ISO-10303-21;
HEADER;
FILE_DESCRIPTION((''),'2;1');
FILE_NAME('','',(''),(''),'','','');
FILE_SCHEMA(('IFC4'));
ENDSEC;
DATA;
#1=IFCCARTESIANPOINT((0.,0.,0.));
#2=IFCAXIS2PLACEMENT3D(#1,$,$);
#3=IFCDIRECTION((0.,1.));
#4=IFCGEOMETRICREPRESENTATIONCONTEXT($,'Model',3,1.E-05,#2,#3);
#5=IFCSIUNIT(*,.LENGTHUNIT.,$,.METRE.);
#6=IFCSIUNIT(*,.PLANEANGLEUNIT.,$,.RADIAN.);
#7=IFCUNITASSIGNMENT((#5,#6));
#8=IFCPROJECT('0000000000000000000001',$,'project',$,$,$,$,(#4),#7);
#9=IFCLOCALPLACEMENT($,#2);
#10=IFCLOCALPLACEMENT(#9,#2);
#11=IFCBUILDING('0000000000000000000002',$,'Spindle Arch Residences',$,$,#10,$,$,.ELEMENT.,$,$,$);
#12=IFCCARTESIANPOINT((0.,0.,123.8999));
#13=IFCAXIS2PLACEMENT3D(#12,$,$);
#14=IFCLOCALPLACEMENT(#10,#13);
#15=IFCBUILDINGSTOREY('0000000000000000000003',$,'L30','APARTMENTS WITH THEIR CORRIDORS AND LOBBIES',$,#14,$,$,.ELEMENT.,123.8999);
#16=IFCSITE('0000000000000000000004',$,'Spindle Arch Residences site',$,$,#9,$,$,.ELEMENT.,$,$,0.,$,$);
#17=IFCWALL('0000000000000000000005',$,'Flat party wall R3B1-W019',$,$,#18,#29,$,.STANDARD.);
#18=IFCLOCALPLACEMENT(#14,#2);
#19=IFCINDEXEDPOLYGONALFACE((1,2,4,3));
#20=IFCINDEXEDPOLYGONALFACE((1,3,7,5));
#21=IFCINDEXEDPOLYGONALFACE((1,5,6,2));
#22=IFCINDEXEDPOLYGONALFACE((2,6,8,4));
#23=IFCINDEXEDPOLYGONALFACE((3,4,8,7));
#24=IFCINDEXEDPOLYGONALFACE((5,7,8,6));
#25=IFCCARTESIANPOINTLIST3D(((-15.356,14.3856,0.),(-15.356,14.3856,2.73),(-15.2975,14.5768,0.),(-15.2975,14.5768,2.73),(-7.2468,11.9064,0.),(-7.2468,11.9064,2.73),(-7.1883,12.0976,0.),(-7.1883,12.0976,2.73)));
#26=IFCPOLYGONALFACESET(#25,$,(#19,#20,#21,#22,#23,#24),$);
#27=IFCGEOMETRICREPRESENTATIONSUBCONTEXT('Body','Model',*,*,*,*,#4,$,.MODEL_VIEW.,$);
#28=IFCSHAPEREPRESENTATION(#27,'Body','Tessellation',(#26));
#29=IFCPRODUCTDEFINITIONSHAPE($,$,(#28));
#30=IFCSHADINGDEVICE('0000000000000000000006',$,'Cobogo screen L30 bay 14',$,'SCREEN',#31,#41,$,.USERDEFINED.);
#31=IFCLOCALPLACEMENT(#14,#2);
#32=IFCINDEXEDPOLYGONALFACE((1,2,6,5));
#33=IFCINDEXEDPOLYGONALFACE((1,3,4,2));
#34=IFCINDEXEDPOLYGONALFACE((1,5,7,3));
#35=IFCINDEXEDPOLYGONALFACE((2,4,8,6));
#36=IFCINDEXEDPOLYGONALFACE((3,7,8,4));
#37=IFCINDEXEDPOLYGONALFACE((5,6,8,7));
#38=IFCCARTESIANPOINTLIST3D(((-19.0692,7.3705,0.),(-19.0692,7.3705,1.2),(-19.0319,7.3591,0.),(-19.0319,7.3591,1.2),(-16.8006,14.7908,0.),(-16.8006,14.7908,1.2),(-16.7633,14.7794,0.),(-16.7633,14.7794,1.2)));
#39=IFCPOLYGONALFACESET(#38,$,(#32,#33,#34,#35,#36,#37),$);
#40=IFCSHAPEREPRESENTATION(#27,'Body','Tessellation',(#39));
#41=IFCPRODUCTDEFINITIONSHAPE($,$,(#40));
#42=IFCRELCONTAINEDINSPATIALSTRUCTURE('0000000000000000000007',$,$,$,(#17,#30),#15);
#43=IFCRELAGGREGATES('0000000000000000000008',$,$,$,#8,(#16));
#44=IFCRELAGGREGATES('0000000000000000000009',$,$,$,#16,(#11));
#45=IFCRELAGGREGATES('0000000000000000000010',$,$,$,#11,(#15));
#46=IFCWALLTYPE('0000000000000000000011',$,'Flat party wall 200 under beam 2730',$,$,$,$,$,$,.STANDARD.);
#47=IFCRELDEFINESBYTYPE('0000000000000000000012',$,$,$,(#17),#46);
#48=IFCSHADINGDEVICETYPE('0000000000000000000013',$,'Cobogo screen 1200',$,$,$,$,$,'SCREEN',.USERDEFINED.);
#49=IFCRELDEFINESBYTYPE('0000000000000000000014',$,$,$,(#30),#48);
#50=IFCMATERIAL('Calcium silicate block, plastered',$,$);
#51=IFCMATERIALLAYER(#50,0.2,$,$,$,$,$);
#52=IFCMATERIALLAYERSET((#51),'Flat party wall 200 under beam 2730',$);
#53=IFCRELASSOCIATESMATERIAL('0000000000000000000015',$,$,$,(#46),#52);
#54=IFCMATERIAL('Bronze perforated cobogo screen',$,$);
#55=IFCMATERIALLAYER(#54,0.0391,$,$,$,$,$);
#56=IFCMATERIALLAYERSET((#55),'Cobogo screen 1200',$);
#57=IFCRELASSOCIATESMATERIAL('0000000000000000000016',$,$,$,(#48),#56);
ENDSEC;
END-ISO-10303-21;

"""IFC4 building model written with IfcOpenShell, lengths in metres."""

from ifc_helpers import new_model, si_unit, direction, frame, frame_2d, origin, origin_2d, place, context, subcontext, project, spatial, rectangle, extrude, material, layer, layer_set, type_object, element, save


model = new_model("IFC4")

# Units and contexts
model_context = context("Model", 3, precision=1e-05, world=origin(), true_north=direction((0.0, 1.0)))
body_context = subcontext(model_context, "Body", "Model", "MODEL_VIEW")
ifc_project = project(units=[si_unit("LENGTHUNIT", "METRE"), si_unit("PLANEANGLEUNIT", "RADIAN")], contexts=[model_context])

# Site, building, storey
site_placement = place(None, origin())
site = spatial("IfcSite", under=ifc_project, at=site_placement, Name="Spindle Arch Residences site", CompositionType="ELEMENT", RefElevation=0.0)
building_placement = place(site_placement, origin())
building = spatial("IfcBuilding", under=site, at=building_placement, Name="Spindle Arch Residences", CompositionType="ELEMENT")
storey_placement = place(building_placement, frame((0.0, 0.0, 123.8999)))
storey = spatial("IfcBuildingStorey", under=building, at=storey_placement, Name="L30", Description="APARTMENTS WITH THEIR CORRIDORS AND LOBBIES", CompositionType="ELEMENT", Elevation=123.8999)

# Wall
ifc_material_1 = material(Name="Calcium silicate block, plastered")
ifc_layer_1 = layer(ifc_material_1, 0.2)
ifc_layer_set_1 = layer_set([ifc_layer_1], Name="Flat party wall 200 under beam 2730")
wall_type_1 = type_object("IfcWallType", Name="Flat party wall 200 under beam 2730", PredefinedType="STANDARD", material=ifc_layer_set_1)
wall_1_placement = place(storey_placement, frame((-15.3267, 14.4812, 0.0), z_axis=(0.0, 0.0, 1.0), x_axis=(0.956304, -0.292376, 0.0)))
element("IfcWall", 1, at=wall_1_placement, inside=storey, type_object=wall_type_1, Name="Flat party wall R3B1-W019", PredefinedType="STANDARD", context=body_context, shape_type="SweptSolid", body=[
    extrude(rectangle(XDim=8.4797, YDim=0.2, at=frame_2d((4.2397, 0.0))), origin(), (0.0, 0.0, 1.0), 2.73),
])

# Shading device
ifc_material_2 = material(Name="Bronze perforated cobogo screen")
ifc_layer_2 = layer(ifc_material_2, 0.0391)
ifc_layer_set_2 = layer_set([ifc_layer_2], Name="Cobogo screen 1200")
shading_device_type = type_object("IfcShadingDeviceType", Name="Cobogo screen 1200", ElementType="SCREEN", PredefinedType="USERDEFINED", material=ifc_layer_set_2)
shading_device_placement = place(storey_placement, frame((-17.9163, 11.075, 0.0), z_axis=(0.0, 0.0, 1.0), x_axis=(-0.292372, -0.956305, 0.0)))
element("IfcShadingDevice", 2, at=shading_device_placement, inside=storey, type_object=shading_device_type, Name="Cobogo screen L30 bay 14", ObjectType="SCREEN", PredefinedType="USERDEFINED", context=body_context, shape_type="SweptSolid", body=[
    extrude(rectangle(XDim=7.7593, YDim=0.0391, at=origin_2d()), origin(), (0.0, 0.0, 1.0), 1.2),
])

save(model, "model.ifc")
